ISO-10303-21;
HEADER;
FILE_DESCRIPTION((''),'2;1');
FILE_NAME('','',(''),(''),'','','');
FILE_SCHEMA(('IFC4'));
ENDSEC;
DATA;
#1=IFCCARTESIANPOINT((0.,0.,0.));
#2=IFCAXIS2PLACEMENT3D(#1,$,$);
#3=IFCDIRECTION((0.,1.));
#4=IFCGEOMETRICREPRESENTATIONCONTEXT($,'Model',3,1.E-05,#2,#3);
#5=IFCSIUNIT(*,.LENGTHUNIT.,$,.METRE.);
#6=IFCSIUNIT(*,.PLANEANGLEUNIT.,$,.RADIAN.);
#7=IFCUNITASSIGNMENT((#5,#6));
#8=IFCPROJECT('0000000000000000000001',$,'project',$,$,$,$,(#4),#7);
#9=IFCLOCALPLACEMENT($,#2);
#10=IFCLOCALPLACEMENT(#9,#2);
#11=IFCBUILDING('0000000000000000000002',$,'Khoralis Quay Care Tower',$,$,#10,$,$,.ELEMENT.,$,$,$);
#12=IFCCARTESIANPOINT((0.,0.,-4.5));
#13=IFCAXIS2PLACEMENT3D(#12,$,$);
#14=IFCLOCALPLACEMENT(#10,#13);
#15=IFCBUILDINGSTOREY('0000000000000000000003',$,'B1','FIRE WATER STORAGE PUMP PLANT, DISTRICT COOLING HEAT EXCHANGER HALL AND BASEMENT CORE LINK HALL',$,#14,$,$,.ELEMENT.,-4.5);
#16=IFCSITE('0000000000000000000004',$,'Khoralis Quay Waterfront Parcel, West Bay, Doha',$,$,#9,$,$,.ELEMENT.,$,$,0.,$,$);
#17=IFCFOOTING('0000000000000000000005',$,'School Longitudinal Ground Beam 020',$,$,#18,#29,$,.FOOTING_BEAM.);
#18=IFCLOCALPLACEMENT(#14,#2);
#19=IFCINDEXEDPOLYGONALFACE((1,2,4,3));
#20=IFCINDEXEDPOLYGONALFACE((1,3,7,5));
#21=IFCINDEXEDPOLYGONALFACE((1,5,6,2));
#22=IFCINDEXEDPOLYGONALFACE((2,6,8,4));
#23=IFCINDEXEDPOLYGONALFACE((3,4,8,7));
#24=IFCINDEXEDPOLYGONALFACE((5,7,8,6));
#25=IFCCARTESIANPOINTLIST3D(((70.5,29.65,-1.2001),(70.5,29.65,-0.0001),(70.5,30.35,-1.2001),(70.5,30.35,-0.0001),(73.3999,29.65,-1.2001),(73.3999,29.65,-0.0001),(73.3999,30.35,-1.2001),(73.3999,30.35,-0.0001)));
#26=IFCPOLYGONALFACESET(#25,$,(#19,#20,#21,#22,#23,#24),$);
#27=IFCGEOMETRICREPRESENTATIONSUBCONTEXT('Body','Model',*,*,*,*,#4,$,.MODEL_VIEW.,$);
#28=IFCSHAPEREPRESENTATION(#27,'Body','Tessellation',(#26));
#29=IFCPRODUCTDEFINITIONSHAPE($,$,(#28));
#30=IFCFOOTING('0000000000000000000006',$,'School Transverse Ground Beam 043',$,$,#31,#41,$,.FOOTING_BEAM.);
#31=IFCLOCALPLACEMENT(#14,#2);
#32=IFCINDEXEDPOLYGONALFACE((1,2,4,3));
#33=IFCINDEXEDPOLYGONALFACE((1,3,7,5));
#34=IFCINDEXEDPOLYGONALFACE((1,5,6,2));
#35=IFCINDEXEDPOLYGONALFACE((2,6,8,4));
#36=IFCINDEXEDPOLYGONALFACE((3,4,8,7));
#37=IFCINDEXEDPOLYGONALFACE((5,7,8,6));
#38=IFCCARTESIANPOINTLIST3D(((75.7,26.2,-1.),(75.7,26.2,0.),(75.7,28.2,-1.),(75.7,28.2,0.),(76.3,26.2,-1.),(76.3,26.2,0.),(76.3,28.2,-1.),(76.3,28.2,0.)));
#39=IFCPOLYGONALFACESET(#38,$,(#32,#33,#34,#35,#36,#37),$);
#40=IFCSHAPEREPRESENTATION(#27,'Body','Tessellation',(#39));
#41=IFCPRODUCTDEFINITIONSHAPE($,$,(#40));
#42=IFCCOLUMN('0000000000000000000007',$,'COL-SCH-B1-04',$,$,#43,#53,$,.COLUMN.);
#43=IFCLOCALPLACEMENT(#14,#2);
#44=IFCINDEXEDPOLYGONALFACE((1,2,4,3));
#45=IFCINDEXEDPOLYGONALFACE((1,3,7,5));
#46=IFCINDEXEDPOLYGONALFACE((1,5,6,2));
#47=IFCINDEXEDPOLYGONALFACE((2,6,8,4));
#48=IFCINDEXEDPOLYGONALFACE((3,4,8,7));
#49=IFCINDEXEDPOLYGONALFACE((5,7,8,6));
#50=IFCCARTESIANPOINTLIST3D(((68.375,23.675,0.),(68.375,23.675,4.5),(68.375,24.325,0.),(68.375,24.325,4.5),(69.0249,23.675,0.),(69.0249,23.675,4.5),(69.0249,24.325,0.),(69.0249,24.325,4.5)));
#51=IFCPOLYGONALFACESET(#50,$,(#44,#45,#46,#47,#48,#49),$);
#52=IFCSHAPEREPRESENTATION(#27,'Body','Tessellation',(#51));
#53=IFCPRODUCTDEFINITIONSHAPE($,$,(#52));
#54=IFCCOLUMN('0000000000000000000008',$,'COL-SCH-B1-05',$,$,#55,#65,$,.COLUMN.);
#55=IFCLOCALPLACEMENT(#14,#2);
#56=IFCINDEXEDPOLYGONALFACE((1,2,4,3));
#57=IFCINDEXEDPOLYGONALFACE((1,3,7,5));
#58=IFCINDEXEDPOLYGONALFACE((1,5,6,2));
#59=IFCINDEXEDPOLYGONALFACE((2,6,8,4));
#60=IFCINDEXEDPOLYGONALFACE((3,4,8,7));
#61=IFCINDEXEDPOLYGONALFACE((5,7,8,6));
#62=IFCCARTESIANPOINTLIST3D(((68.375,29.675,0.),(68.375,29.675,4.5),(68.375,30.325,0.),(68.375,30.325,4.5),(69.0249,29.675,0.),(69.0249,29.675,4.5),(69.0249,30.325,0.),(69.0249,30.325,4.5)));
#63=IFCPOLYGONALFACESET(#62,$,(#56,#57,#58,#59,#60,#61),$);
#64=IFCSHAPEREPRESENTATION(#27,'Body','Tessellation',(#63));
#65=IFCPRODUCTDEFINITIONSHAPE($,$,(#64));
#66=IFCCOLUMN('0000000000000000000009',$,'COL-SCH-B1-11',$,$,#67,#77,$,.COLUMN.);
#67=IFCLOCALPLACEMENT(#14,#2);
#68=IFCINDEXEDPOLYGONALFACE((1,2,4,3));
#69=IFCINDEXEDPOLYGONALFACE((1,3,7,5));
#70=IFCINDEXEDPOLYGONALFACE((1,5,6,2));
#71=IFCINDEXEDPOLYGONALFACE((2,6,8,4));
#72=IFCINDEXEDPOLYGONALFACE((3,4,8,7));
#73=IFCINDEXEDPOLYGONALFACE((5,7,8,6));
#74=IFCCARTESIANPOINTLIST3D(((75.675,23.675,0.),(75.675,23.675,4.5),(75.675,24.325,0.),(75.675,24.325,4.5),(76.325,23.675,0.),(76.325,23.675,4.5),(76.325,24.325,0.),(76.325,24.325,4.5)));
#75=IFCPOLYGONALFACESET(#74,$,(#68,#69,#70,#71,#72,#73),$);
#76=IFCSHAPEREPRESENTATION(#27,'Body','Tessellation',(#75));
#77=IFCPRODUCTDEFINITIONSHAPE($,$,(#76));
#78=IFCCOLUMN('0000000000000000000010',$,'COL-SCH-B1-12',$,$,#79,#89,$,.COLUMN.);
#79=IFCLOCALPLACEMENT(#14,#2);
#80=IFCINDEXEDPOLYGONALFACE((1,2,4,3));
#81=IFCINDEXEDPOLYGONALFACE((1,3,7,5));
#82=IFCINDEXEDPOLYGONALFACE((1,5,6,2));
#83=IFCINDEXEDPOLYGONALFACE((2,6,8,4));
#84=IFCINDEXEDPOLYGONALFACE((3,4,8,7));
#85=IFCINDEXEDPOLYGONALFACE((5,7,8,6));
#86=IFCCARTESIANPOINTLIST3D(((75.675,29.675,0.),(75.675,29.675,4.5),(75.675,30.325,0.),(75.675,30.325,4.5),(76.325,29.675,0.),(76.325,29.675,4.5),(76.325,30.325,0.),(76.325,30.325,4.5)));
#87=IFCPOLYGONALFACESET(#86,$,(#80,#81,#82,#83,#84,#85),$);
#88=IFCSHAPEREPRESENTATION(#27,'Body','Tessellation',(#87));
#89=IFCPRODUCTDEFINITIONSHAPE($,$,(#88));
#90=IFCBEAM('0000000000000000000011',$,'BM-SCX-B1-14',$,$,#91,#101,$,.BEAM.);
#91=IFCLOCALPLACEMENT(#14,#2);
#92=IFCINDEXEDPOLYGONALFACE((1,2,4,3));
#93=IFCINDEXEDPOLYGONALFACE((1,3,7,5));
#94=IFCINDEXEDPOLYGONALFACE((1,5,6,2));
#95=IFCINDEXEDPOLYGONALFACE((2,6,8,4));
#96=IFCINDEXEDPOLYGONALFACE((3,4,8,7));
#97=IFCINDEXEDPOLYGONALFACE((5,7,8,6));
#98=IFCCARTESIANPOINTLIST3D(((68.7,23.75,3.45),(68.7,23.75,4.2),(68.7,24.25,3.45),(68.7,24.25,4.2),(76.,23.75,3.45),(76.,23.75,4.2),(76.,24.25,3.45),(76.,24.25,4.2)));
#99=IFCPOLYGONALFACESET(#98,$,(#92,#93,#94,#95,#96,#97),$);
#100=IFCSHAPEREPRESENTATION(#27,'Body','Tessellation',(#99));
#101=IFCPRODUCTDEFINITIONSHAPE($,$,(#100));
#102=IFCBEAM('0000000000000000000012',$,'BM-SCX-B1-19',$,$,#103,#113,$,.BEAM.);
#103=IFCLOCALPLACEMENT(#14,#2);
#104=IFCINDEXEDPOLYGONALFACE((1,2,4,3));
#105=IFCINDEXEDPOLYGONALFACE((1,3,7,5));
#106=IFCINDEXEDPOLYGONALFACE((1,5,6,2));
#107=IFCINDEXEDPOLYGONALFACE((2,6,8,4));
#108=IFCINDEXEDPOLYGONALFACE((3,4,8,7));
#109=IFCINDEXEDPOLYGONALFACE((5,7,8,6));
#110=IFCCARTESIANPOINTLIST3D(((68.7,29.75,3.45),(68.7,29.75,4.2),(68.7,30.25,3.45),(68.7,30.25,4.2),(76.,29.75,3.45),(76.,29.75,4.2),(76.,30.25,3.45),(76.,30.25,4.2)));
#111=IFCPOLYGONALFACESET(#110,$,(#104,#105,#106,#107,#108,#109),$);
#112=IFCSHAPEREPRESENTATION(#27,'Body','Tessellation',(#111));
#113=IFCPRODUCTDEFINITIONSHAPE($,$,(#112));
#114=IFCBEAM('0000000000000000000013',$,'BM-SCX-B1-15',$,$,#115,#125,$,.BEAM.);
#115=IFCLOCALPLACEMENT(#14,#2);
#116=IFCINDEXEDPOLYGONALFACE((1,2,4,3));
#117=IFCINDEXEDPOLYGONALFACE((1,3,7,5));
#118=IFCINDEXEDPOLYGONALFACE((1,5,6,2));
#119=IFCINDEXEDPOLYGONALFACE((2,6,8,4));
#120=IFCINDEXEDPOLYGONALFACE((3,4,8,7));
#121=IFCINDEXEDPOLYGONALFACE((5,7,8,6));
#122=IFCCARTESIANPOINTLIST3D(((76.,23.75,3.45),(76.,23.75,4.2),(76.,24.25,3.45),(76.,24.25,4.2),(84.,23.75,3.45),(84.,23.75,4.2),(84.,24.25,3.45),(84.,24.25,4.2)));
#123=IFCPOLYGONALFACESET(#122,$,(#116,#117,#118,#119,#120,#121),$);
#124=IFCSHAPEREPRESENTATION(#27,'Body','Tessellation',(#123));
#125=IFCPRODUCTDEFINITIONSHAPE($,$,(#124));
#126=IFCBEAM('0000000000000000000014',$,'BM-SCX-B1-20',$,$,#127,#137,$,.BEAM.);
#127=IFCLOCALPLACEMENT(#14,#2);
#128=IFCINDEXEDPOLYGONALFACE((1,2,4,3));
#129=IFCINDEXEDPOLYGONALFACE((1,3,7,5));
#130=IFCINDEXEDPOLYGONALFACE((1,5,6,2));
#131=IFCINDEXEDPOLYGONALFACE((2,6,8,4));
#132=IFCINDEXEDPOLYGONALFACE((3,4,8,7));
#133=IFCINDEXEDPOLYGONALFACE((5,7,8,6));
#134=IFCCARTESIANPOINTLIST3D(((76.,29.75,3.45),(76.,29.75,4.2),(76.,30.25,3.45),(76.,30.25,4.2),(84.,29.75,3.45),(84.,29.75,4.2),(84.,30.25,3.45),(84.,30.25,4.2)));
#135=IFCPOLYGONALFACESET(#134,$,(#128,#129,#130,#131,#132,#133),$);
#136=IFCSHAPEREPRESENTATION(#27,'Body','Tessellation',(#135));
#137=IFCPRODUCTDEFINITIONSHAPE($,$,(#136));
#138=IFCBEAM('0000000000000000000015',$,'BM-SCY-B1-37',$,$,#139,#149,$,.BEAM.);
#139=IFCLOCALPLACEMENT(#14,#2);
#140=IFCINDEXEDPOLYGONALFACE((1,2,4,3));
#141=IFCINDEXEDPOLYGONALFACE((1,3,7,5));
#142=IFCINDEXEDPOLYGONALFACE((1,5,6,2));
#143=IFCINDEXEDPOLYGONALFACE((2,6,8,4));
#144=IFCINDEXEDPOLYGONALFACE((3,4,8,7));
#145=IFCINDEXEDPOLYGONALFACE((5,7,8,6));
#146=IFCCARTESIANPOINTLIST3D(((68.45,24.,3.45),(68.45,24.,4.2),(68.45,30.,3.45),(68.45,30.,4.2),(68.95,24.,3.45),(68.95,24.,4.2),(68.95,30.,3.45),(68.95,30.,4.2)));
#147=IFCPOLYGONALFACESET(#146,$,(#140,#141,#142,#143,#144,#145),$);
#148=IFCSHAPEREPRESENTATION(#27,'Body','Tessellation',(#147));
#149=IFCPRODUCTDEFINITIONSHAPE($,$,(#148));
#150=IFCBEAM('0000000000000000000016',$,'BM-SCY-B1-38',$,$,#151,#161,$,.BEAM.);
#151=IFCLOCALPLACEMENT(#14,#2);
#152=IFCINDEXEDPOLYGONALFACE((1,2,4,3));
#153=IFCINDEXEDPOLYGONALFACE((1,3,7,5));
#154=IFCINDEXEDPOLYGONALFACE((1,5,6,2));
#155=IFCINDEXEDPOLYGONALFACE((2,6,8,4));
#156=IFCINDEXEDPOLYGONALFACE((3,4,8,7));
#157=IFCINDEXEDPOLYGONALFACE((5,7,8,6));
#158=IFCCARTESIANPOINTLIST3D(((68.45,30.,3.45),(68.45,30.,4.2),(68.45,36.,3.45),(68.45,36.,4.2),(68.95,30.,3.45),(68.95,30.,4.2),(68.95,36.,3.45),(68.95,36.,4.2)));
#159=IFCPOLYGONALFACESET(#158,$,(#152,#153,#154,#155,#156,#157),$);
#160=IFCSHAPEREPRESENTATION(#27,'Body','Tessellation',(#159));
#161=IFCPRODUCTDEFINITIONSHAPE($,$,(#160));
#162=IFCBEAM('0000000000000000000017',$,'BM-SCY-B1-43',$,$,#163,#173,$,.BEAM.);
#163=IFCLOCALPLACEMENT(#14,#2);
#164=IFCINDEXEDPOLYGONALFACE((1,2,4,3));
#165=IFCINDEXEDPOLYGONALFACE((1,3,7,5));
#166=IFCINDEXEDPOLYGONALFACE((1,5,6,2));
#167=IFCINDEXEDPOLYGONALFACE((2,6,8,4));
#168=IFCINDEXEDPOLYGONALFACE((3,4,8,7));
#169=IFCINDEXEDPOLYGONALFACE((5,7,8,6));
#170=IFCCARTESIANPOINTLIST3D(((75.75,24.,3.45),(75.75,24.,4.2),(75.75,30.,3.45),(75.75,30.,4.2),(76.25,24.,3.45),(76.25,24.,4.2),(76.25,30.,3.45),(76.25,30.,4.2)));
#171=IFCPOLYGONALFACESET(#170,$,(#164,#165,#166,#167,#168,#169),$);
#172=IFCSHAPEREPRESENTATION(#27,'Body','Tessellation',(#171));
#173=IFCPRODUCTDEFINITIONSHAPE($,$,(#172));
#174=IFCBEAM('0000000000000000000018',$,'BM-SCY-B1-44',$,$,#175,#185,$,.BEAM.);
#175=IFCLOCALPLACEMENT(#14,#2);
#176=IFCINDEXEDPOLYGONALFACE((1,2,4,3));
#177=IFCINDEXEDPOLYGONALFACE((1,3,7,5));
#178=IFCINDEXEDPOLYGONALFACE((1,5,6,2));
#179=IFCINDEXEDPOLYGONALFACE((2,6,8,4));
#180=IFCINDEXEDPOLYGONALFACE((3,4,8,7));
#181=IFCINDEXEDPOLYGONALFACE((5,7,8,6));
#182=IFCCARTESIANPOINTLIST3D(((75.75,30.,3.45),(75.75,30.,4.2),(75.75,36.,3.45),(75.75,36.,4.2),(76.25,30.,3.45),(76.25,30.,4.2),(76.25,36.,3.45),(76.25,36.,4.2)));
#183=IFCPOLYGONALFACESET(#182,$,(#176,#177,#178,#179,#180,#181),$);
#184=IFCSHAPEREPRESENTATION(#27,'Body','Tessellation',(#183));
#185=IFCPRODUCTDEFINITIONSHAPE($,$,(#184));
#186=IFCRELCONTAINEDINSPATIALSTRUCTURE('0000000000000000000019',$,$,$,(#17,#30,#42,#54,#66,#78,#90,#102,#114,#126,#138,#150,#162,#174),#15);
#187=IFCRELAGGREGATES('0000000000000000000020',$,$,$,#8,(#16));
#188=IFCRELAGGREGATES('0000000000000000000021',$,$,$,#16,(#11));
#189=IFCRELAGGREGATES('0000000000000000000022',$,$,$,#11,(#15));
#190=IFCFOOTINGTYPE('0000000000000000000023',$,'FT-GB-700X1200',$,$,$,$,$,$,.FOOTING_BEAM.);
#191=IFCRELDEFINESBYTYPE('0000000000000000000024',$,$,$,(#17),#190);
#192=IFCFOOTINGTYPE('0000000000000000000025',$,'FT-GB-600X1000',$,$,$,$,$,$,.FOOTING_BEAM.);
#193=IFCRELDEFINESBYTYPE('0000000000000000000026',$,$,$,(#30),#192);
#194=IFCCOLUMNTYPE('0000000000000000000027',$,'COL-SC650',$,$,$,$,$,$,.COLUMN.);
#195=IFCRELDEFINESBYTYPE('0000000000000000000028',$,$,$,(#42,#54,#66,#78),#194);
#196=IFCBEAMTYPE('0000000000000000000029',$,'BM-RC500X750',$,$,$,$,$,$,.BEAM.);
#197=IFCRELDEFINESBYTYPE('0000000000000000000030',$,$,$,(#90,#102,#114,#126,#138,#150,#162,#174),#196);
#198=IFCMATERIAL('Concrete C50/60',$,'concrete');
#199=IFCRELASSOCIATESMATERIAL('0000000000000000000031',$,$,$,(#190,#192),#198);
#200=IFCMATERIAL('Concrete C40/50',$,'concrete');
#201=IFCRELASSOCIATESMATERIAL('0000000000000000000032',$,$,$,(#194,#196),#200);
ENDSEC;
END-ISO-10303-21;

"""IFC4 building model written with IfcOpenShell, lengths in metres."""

from ifc_helpers import new_model, si_unit, direction, frame, origin, origin_2d, place, context, subcontext, project, spatial, rectangle, extrude, source, transform, mapped, material, material_profile, profile_set, type_object, element, save


model = new_model("IFC4")

# Units and contexts
model_context = context("Model", 3, precision=1e-05, world=origin(), true_north=direction((0.0, 1.0)))
body_context = subcontext(model_context, "Body", "Model", "MODEL_VIEW")
ifc_project = project(units=[si_unit("LENGTHUNIT", "METRE"), si_unit("PLANEANGLEUNIT", "RADIAN")], contexts=[model_context])

# Site, building, storey
site_placement = place(None, origin())
site = spatial("IfcSite", under=ifc_project, at=site_placement, Name="Khoralis Quay Waterfront Parcel, West Bay, Doha", CompositionType="ELEMENT", RefElevation=0.0)
building_placement = place(site_placement, origin())
building = spatial("IfcBuilding", under=site, at=building_placement, Name="Khoralis Quay Care Tower", CompositionType="ELEMENT")
storey_placement = place(building_placement, frame((0.0, 0.0, -4.5)))
storey = spatial("IfcBuildingStorey", under=building, at=storey_placement, Name="B1", Description="FIRE WATER STORAGE PUMP PLANT, DISTRICT COOLING HEAT EXCHANGER HALL AND BASEMENT CORE LINK HALL", CompositionType="ELEMENT", Elevation=-4.5)

# Shared definitions
ifc_material_1 = material(Name="Concrete C50/60", Category="concrete")

# Footings
ifc_material_profile_1 = material_profile(ifc_material_1, rectangle(XDim=0.7, YDim=1.2, at=origin_2d()), Name="Concrete C50/60")
ifc_profile_set_1 = profile_set([ifc_material_profile_1], Name="Concrete C50/60")
footing_type_1 = type_object("IfcFootingType", Name="FT-GB-700X1200", PredefinedType="FOOTING_BEAM", material=ifc_profile_set_1)
shared_shape_1 = source(origin(), body_context, "Body", "SweptSolid", [
    extrude(rectangle(XDim=0.7, YDim=1.2, at=origin_2d()), origin(), (0.0, 0.0, 1.0), 2.8999),
])
footing_1_placement = place(storey_placement, frame((70.5, 30.0, -0.6001), z_axis=(1.0, 0.0, 0.0), x_axis=(0.0, 1.0, 0.0)))
element("IfcFooting", 1, at=footing_1_placement, inside=storey, type_object=footing_type_1, Name="School Longitudinal Ground Beam 020", PredefinedType="FOOTING_BEAM", context=body_context, shape_type="MappedRepresentation", body=[
    mapped(shared_shape_1, transform((0.0, 0.0, 0.0), scale=1.0)),
])
ifc_material_profile_2 = material_profile(ifc_material_1, rectangle(XDim=0.6001, YDim=1.0, at=origin_2d()), Name="Concrete C50/60")
ifc_profile_set_2 = profile_set([ifc_material_profile_2], Name="Concrete C50/60")
footing_type_2 = type_object("IfcFootingType", Name="FT-GB-600X1000", PredefinedType="FOOTING_BEAM", material=ifc_profile_set_2)
shared_shape_2 = source(origin(), body_context, "Body", "SweptSolid", [
    extrude(rectangle(XDim=0.6001, YDim=1.0, at=origin_2d()), origin(), (0.0, 0.0, 1.0), 2.0),
])
footing_2_placement = place(storey_placement, frame((76.0, 26.2, -0.5), z_axis=(0.0, 1.0, 0.0), x_axis=(-1.0, 0.0, 0.0)))
element("IfcFooting", 2, at=footing_2_placement, inside=storey, type_object=footing_type_2, Name="School Transverse Ground Beam 043", PredefinedType="FOOTING_BEAM", context=body_context, shape_type="MappedRepresentation", body=[
    mapped(shared_shape_2, transform((0.0, 0.0, 0.0), scale=1.0)),
])

# Columns
ifc_material_2 = material(Name="Concrete C40/50", Category="concrete")
ifc_material_profile_3 = material_profile(ifc_material_2, rectangle(XDim=0.6499, YDim=0.6499, at=origin_2d()), Name="Concrete C40/50")
ifc_profile_set_3 = profile_set([ifc_material_profile_3], Name="Concrete C40/50")
column_type = type_object("IfcColumnType", Name="COL-SC650", PredefinedType="COLUMN", material=ifc_profile_set_3)
shared_shape_3 = source(origin(), body_context, "Body", "SweptSolid", [
    extrude(rectangle(XDim=0.6499, YDim=0.6499, at=origin_2d()), origin(), (0.0, 0.0, 1.0), 4.5),
])
for number, where, z_axis, x_axis, name in (
    (3, (68.7, 24.0, 0.0), (0.0, 0.0, 1.0), (1.0, 0.0, 0.0), "COL-SCH-B1-04"),
    (4, (68.7, 30.0, 0.0), (0.0, 0.0, 1.0), (1.0, 0.0, 0.0), "COL-SCH-B1-05"),
    (5, (76.0, 24.0, 0.0), (0.0, 0.0, 1.0), (1.0, 0.0, 0.0), "COL-SCH-B1-11"),
    (6, (76.0, 30.0, 0.0), (0.0, 0.0, 1.0), (1.0, 0.0, 0.0), "COL-SCH-B1-12"),
):
    element("IfcColumn", number, at=place(storey_placement, frame(where, z_axis=z_axis, x_axis=x_axis)), inside=storey, type_object=column_type, Name=name, PredefinedType="COLUMN", context=body_context, shape_type="MappedRepresentation", body=[
        mapped(shared_shape_3, transform((0.0, 0.0, 0.0), scale=1.0)),
    ])

# Beams
ifc_material_profile_4 = material_profile(ifc_material_2, rectangle(XDim=0.5, YDim=0.75, at=origin_2d()), Name="Concrete C40/50")
ifc_profile_set_4 = profile_set([ifc_material_profile_4], Name="Concrete C40/50")
beam_type_1 = type_object("IfcBeamType", Name="BM-RC500X750", PredefinedType="BEAM", material=ifc_profile_set_4)
shared_shape_4 = source(origin(), body_context, "Body", "SweptSolid", [
    extrude(rectangle(XDim=0.5, YDim=0.75, at=origin_2d()), origin(), (0.0, 0.0, 1.0), 7.3),
])
for number, where, z_axis, x_axis, name in (
    (7, (68.7, 24.0, 3.825), (1.0, 0.0, 0.0), (0.0, 1.0, 0.0), "BM-SCX-B1-14"),
    (8, (68.7, 30.0, 3.825), (1.0, 0.0, 0.0), (0.0, 1.0, 0.0), "BM-SCX-B1-19"),
):
    element("IfcBeam", number, at=place(storey_placement, frame(where, z_axis=z_axis, x_axis=x_axis)), inside=storey, type_object=beam_type_1, Name=name, PredefinedType="BEAM", context=body_context, shape_type="MappedRepresentation", body=[
        mapped(shared_shape_4, transform((0.0, 0.0, 0.0), scale=1.0)),
    ])
shared_shape_5 = source(origin(), body_context, "Body", "SweptSolid", [
    extrude(rectangle(XDim=0.5, YDim=0.75, at=origin_2d()), origin(), (0.0, 0.0, 1.0), 8.0),
])
for number, where, z_axis, x_axis, name in (
    (9, (76.0, 24.0, 3.825), (1.0, 0.0, 0.0), (0.0, 1.0, 0.0), "BM-SCX-B1-15"),
    (10, (76.0, 30.0, 3.825), (1.0, 0.0, 0.0), (0.0, 1.0, 0.0), "BM-SCX-B1-20"),
):
    element("IfcBeam", number, at=place(storey_placement, frame(where, z_axis=z_axis, x_axis=x_axis)), inside=storey, type_object=beam_type_1, Name=name, PredefinedType="BEAM", context=body_context, shape_type="MappedRepresentation", body=[
        mapped(shared_shape_5, transform((0.0, 0.0, 0.0), scale=1.0)),
    ])
shared_shape_6 = source(origin(), body_context, "Body", "SweptSolid", [
    extrude(rectangle(XDim=0.5, YDim=0.75, at=origin_2d()), origin(), (0.0, 0.0, 1.0), 6.0),
])
for number, where, z_axis, x_axis, name in (
    (11, (68.7, 24.0, 3.825), (0.0, 1.0, 0.0), (-1.0, 0.0, 0.0), "BM-SCY-B1-37"),
    (12, (68.7, 30.0, 3.825), (0.0, 1.0, 0.0), (-1.0, 0.0, 0.0), "BM-SCY-B1-38"),
    (13, (76.0, 24.0, 3.825), (0.0, 1.0, 0.0), (-1.0, 0.0, 0.0), "BM-SCY-B1-43"),
    (14, (76.0, 30.0, 3.825), (0.0, 1.0, 0.0), (-1.0, 0.0, 0.0), "BM-SCY-B1-44"),
):
    element("IfcBeam", number, at=place(storey_placement, frame(where, z_axis=z_axis, x_axis=x_axis)), inside=storey, type_object=beam_type_1, Name=name, PredefinedType="BEAM", context=body_context, shape_type="MappedRepresentation", body=[
        mapped(shared_shape_6, transform((0.0, 0.0, 0.0), scale=1.0)),
    ])

save(model, "model.ifc")
